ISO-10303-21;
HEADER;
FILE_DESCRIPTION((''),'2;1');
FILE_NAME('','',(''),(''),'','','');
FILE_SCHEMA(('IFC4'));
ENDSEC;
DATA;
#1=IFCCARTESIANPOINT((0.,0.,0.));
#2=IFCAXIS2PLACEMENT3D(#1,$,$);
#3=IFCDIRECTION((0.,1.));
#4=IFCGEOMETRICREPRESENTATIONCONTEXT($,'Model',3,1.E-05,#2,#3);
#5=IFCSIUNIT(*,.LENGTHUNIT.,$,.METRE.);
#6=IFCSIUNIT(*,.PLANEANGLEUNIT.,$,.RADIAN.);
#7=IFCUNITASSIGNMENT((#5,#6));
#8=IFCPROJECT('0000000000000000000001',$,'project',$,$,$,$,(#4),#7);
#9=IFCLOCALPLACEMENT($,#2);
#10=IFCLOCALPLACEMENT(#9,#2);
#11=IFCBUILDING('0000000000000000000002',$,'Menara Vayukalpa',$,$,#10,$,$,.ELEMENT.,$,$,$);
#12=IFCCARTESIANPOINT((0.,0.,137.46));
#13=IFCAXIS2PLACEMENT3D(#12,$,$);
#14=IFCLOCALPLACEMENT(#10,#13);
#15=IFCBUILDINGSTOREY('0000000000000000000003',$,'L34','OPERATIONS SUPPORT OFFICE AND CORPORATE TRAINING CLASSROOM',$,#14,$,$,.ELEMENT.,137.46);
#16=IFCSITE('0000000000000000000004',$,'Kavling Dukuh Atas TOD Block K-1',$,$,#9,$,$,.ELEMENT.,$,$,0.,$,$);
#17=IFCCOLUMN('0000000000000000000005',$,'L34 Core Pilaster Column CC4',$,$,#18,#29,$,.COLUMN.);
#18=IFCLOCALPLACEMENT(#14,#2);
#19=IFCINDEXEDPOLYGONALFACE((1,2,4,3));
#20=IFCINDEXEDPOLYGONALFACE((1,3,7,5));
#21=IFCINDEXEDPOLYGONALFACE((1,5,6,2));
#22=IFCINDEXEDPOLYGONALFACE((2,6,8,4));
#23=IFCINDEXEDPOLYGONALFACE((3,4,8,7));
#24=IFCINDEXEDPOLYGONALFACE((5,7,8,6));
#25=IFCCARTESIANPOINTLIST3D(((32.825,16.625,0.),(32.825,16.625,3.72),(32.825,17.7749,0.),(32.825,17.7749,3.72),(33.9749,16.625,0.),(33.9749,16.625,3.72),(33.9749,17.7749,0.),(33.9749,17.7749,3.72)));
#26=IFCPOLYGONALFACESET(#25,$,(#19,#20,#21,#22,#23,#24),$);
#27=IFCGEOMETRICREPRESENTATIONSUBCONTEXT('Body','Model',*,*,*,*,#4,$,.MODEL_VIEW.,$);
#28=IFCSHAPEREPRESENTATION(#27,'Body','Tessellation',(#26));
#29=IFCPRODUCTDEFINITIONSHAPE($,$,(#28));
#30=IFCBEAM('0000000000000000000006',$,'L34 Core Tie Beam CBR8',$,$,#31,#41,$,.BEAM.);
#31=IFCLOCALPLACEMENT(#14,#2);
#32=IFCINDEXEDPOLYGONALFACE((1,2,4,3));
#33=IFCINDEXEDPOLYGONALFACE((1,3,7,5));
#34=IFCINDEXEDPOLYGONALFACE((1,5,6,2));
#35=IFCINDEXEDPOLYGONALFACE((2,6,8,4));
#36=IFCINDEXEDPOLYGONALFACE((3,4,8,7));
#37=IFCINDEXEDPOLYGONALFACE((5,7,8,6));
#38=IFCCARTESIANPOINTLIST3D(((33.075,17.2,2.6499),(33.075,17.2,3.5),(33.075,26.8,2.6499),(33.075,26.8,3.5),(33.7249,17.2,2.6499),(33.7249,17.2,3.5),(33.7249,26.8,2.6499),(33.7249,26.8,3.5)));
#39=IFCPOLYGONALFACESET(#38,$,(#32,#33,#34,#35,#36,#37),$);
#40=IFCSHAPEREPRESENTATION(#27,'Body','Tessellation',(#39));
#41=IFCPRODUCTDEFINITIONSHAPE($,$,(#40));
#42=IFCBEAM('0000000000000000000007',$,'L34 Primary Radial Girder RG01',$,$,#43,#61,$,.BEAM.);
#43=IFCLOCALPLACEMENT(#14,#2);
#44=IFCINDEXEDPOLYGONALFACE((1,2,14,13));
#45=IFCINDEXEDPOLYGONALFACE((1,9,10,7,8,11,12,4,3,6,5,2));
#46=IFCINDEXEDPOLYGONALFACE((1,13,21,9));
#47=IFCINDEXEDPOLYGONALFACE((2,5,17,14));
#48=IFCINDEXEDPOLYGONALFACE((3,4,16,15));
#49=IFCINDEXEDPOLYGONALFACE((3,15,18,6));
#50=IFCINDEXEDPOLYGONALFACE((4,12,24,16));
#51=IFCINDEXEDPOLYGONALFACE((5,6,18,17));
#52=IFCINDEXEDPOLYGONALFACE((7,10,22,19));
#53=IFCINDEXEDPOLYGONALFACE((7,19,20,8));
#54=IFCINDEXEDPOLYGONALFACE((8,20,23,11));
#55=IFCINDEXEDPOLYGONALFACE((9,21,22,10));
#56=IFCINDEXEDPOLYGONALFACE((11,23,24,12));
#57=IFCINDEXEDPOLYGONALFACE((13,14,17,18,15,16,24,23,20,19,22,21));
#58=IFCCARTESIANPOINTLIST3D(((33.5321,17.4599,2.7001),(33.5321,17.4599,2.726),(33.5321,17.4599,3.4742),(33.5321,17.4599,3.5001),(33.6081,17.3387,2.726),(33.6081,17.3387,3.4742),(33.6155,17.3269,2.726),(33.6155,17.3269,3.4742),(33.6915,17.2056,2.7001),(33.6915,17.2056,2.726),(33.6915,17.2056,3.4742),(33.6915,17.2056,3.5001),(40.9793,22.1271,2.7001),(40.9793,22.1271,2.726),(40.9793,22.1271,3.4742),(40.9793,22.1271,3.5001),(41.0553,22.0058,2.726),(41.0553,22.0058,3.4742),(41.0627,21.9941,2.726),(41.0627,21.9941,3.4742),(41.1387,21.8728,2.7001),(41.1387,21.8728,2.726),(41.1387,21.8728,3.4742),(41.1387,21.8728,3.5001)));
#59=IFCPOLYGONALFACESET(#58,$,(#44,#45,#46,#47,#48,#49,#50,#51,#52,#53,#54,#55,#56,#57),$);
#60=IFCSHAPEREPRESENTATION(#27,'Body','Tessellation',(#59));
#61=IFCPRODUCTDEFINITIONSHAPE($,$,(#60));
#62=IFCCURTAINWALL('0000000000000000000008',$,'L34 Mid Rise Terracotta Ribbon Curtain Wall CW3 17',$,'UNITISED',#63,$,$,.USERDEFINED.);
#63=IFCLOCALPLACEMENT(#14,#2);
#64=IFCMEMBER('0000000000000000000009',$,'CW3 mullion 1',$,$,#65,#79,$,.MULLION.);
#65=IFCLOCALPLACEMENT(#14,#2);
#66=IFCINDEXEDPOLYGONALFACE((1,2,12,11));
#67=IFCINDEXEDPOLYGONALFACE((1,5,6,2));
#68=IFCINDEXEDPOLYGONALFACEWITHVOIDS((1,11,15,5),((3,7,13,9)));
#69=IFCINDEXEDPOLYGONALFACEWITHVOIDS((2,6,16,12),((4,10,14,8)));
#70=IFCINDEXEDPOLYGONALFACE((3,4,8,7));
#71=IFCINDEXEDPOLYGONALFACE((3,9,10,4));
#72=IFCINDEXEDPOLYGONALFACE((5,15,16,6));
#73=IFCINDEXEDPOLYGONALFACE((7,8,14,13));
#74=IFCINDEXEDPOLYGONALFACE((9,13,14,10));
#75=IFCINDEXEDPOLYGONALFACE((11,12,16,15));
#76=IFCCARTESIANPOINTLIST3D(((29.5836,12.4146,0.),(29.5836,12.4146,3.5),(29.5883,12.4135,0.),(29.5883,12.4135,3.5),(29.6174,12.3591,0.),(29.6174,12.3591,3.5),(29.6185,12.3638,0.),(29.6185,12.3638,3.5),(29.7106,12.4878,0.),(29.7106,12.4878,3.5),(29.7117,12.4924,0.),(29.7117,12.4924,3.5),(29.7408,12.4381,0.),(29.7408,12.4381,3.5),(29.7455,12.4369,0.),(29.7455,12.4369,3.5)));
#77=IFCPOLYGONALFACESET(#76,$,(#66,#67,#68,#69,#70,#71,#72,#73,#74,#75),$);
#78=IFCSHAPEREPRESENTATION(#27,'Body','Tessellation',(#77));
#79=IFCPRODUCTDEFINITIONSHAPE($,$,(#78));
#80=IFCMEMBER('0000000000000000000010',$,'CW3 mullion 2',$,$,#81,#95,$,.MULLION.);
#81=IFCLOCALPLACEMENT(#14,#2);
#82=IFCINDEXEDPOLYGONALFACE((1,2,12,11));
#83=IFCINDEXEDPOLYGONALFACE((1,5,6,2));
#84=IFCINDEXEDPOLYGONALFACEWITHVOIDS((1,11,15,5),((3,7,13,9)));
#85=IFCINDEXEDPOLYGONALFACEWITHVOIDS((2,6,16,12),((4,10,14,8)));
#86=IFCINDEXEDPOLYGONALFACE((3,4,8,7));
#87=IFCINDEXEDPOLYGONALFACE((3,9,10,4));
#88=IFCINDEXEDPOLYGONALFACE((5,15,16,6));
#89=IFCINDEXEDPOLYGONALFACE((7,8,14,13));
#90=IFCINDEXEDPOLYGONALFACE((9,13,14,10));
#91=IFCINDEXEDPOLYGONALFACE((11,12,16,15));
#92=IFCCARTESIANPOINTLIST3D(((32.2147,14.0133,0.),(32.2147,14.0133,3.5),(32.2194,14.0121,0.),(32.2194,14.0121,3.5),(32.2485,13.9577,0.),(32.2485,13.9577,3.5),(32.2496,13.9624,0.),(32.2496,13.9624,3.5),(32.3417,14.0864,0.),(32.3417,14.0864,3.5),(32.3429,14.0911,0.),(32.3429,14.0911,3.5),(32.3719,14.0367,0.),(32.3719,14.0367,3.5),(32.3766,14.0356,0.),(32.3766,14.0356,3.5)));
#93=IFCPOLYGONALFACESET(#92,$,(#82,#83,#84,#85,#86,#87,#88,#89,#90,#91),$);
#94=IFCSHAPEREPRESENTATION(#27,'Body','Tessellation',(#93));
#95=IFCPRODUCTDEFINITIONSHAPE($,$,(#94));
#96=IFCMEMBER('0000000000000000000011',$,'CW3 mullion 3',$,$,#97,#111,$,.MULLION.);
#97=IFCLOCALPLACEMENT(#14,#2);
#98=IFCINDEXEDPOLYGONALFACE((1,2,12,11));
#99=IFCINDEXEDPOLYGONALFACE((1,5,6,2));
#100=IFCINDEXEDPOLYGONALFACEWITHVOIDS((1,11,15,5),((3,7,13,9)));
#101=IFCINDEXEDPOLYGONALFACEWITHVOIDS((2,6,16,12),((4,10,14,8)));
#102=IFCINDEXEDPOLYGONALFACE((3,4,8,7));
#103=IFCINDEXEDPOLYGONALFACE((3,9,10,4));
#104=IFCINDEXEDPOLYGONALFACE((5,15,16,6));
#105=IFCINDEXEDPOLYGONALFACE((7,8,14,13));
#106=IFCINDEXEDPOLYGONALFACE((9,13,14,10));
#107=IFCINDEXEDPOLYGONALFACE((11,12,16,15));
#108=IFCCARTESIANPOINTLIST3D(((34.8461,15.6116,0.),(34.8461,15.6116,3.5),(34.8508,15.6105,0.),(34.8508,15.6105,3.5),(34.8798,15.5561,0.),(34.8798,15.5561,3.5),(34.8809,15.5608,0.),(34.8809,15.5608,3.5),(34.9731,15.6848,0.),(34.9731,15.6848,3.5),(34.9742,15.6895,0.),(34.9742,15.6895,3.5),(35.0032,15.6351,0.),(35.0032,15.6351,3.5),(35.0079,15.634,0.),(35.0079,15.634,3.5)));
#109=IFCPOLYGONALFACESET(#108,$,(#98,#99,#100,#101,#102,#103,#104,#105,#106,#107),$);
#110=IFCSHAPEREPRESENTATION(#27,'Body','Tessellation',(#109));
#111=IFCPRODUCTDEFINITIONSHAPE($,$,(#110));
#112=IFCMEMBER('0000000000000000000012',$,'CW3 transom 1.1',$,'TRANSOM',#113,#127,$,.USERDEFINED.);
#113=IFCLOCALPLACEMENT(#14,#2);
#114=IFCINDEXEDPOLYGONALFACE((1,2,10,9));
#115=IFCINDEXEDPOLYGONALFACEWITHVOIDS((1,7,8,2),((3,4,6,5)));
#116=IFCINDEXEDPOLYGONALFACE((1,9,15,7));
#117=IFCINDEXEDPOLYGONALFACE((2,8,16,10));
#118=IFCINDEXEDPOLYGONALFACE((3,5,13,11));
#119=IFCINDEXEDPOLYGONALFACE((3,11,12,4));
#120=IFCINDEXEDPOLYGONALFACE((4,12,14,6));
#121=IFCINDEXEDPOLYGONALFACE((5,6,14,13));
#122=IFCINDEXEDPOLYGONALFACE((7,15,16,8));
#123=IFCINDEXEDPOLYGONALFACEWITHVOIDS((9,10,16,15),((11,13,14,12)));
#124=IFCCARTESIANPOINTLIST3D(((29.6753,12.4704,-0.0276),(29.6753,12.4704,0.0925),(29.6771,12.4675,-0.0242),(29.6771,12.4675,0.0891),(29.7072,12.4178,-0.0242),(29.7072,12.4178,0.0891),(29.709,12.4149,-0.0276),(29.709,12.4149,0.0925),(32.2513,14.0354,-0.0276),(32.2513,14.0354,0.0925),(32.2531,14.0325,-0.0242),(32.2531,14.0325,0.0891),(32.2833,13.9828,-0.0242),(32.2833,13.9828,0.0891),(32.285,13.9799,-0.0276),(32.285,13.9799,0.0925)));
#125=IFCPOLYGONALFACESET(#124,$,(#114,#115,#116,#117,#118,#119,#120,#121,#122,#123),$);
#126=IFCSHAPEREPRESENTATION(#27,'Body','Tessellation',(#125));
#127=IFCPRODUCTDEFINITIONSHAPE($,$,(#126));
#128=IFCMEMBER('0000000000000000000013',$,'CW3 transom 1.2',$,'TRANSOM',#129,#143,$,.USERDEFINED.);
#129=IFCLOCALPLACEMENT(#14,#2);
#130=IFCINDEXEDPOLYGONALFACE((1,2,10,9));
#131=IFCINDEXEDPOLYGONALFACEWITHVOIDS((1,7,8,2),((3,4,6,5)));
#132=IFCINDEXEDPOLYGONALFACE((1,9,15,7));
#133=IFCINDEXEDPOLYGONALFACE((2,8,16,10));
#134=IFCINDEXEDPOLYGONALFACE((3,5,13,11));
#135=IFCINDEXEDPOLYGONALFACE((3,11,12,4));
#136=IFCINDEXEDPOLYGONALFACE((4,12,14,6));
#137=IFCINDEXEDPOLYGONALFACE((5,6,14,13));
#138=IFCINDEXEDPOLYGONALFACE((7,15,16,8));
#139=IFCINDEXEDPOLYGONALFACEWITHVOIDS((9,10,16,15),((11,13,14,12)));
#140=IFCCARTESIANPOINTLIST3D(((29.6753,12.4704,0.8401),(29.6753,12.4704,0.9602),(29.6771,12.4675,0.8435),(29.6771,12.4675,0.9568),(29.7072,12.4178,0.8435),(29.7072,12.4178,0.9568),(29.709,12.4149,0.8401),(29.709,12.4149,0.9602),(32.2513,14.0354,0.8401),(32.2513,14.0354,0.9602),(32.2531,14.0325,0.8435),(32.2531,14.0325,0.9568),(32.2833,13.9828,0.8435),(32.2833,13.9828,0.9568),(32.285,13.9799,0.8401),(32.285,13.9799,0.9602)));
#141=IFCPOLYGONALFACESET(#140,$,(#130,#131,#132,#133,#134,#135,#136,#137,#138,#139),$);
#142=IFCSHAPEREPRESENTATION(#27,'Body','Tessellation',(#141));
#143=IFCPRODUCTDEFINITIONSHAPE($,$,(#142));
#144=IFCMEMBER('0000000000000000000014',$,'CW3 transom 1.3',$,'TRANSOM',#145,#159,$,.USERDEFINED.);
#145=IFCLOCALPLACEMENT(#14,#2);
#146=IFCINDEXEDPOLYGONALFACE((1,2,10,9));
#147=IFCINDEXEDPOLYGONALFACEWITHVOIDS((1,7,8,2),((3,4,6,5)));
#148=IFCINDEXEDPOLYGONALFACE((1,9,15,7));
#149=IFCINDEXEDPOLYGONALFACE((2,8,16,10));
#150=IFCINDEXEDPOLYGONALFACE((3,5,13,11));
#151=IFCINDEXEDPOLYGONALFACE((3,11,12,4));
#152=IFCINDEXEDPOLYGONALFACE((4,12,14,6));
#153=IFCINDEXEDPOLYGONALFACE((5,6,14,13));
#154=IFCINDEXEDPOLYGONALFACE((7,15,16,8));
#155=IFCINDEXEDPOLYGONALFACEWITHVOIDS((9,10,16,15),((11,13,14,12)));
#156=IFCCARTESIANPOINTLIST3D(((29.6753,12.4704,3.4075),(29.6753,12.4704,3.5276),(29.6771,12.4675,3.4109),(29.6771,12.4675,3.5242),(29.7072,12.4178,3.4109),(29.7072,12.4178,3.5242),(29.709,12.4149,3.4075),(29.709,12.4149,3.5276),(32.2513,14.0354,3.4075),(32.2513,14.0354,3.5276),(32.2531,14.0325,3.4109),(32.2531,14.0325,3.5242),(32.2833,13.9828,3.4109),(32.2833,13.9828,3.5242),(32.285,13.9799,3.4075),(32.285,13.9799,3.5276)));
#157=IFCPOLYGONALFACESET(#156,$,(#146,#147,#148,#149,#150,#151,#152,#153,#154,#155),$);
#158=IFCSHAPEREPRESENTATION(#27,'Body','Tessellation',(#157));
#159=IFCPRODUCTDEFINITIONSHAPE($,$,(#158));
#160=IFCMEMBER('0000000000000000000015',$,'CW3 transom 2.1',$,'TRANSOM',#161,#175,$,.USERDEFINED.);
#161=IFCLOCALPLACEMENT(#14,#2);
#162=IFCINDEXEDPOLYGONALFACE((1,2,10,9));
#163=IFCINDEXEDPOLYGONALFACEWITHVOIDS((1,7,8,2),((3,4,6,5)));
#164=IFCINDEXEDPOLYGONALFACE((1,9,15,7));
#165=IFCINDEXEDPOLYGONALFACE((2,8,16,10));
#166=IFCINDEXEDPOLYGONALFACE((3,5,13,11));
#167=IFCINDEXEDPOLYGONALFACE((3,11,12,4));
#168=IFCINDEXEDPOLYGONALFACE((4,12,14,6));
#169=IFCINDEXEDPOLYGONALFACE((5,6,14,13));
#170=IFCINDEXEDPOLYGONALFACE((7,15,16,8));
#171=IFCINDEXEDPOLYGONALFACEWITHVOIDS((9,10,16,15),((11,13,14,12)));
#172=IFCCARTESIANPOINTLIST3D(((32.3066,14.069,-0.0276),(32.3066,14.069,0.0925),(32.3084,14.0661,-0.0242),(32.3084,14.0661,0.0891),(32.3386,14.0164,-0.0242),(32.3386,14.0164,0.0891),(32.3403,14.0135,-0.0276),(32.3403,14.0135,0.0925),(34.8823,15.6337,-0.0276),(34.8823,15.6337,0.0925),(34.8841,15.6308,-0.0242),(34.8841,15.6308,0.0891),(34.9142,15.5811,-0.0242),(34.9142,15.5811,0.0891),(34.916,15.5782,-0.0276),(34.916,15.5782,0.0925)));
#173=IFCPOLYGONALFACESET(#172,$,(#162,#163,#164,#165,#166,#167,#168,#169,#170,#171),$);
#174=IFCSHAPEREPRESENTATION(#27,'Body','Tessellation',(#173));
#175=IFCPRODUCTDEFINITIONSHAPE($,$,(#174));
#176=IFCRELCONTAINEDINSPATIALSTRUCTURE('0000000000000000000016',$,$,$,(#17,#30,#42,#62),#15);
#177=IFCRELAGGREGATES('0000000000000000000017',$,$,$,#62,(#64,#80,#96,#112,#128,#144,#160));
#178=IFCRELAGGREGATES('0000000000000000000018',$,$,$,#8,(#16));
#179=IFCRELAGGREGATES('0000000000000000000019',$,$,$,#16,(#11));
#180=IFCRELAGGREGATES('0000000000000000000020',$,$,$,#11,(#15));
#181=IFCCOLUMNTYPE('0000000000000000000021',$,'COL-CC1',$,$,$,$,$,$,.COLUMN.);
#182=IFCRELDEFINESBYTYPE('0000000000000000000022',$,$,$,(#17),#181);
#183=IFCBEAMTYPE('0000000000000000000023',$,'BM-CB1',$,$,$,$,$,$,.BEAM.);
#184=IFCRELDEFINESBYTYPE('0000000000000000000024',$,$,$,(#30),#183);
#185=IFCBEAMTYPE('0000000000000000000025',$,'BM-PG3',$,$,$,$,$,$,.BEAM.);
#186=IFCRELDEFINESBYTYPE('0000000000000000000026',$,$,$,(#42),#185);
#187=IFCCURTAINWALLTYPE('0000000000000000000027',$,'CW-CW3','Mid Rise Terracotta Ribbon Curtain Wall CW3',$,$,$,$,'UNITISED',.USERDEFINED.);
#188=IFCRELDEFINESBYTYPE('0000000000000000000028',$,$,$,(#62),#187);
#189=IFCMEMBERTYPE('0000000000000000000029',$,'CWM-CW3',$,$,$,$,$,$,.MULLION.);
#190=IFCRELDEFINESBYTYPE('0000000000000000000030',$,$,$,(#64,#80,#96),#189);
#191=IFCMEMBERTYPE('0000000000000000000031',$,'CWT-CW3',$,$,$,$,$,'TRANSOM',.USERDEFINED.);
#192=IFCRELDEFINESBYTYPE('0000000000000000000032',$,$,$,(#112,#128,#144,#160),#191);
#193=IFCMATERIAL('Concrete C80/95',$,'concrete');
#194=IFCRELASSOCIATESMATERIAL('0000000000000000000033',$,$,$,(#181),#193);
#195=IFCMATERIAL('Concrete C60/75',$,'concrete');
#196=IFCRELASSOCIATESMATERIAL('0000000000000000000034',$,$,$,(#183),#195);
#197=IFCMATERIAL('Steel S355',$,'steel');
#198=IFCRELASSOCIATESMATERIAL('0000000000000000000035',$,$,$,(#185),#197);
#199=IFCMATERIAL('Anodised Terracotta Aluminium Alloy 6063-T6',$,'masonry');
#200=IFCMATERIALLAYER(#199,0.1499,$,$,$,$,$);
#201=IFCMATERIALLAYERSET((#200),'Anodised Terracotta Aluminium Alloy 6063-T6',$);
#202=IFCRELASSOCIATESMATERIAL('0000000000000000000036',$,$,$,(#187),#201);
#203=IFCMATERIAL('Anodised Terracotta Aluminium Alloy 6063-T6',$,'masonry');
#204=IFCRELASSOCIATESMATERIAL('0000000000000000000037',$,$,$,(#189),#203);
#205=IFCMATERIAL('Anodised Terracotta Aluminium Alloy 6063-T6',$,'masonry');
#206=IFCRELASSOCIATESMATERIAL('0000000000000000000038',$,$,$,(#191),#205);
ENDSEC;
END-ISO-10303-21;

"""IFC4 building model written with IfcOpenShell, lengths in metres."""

from ifc_helpers import new_model, si_unit, direction, frame, origin, origin_2d, place, context, subcontext, project, spatial, rectangle, hollow_rectangle, i_section, extrude, material, layer, layer_set, material_profile, profile_set, type_object, element, aggregate, save


model = new_model("IFC4")

# Units and contexts
model_context = context("Model", 3, precision=1e-05, world=origin(), true_north=direction((0.0, 1.0)))
body_context = subcontext(model_context, "Body", "Model", "MODEL_VIEW")
ifc_project = project(units=[si_unit("LENGTHUNIT", "METRE"), si_unit("PLANEANGLEUNIT", "RADIAN")], contexts=[model_context])

# Site, building, storey
site_placement = place(None, origin())
site = spatial("IfcSite", under=ifc_project, at=site_placement, Name="Kavling Dukuh Atas TOD Block K-1", CompositionType="ELEMENT", RefElevation=0.0)
building_placement = place(site_placement, origin())
building = spatial("IfcBuilding", under=site, at=building_placement, Name="Menara Vayukalpa", CompositionType="ELEMENT")
storey_placement = place(building_placement, frame((0.0, 0.0, 137.46)))
storey = spatial("IfcBuildingStorey", under=building, at=storey_placement, Name="L34", Description="OPERATIONS SUPPORT OFFICE AND CORPORATE TRAINING CLASSROOM", CompositionType="ELEMENT", Elevation=137.46)

# Column
ifc_material_1 = material(Name="Concrete C80/95", Category="concrete")
ifc_material_profile_1 = material_profile(ifc_material_1, rectangle(XDim=1.1499, YDim=1.1499, at=origin_2d()), Name="RC 1150x1150")
ifc_profile_set_1 = profile_set([ifc_material_profile_1], Name="Concrete C80/95")
column_type = type_object("IfcColumnType", Name="COL-CC1", PredefinedType="COLUMN", material=ifc_profile_set_1)
column_placement = place(storey_placement, frame((33.3999, 17.2, 0.0), z_axis=(0.0, 0.0, 1.0), x_axis=(1.0, 0.0, 0.0)))
element("IfcColumn", 1, at=column_placement, inside=storey, type_object=column_type, Name="L34 Core Pilaster Column CC4", PredefinedType="COLUMN", context=body_context, shape_type="SweptSolid", body=[
    extrude(rectangle(XDim=1.1499, YDim=1.1499, at=origin_2d()), origin(), (0.0, 0.0, 1.0), 3.72),
])

# Beams
ifc_material_2 = material(Name="Concrete C60/75", Category="concrete")
ifc_material_profile_2 = material_profile(ifc_material_2, rectangle(XDim=0.6499, YDim=0.8501, at=origin_2d()), Name="RC 650x850")
ifc_profile_set_2 = profile_set([ifc_material_profile_2], Name="Concrete C60/75")
beam_type_1 = type_object("IfcBeamType", Name="BM-CB1", PredefinedType="BEAM", material=ifc_profile_set_2)
beam_1_placement = place(storey_placement, frame((33.3999, 17.2, 3.075), z_axis=(0.0, 1.0, 0.0), x_axis=(-1.0, 0.0, 0.0)))
element("IfcBeam", 2, at=beam_1_placement, inside=storey, type_object=beam_type_1, Name="L34 Core Tie Beam CBR8", PredefinedType="BEAM", context=body_context, shape_type="SweptSolid", body=[
    extrude(rectangle(XDim=0.6499, YDim=0.8501, at=origin_2d()), origin(), (0.0, 0.0, 1.0), 9.6001),
])
ifc_material_3 = material(Name="Steel S355", Category="steel")
ifc_material_profile_3 = material_profile(ifc_material_3, i_section(OverallWidth=0.3, OverallDepth=0.8, WebThickness=0.0139, FlangeThickness=0.0259, at=origin_2d()), Name="WF 800x300x14x26")
ifc_profile_set_3 = profile_set([ifc_material_profile_3], Name="Steel S355")
beam_type_2 = type_object("IfcBeamType", Name="BM-PG3", PredefinedType="BEAM", material=ifc_profile_set_3)
beam_2_placement = place(storey_placement, frame((33.6118, 17.3328, 3.1001), z_axis=(0.847348, 0.531037, 0.0), x_axis=(-0.531037, 0.847348, 0.0)))
element("IfcBeam", 3, at=beam_2_placement, inside=storey, type_object=beam_type_2, Name="L34 Primary Radial Girder RG01", PredefinedType="BEAM", context=body_context, shape_type="SweptSolid", body=[
    extrude(i_section(OverallWidth=0.3, OverallDepth=0.8, WebThickness=0.0139, FlangeThickness=0.0259, at=origin_2d()), origin(), (0.0, 0.0, 1.0), 8.7888),
])

# Curtain wall, members
ifc_material_4 = material(Name="Anodised Terracotta Aluminium Alloy 6063-T6", Category="masonry")
ifc_layer_1 = layer(ifc_material_4, 0.1499)
ifc_layer_set_1 = layer_set([ifc_layer_1], Name="Anodised Terracotta Aluminium Alloy 6063-T6")
curtain_wall_type = type_object("IfcCurtainWallType", Name="CW-CW3", Description="Mid Rise Terracotta Ribbon Curtain Wall CW3", ElementType="UNITISED", PredefinedType="USERDEFINED", material=ifc_layer_set_1)
curtain_wall_placement = place(storey_placement, origin())
curtain_wall = element("IfcCurtainWall", 4, at=curtain_wall_placement, inside=storey, type_object=curtain_wall_type, Name="L34 Mid Rise Terracotta Ribbon Curtain Wall CW3 17", ObjectType="UNITISED", PredefinedType="USERDEFINED")
ifc_material_5 = material(Name="Anodised Terracotta Aluminium Alloy 6063-T6", Category="masonry")
ifc_material_profile_4 = material_profile(ifc_material_5, hollow_rectangle(XDim=0.0649, YDim=0.1499, WallThickness=0.0034, at=origin_2d()), Name="ALU 65x150x3.5")
ifc_profile_set_4 = profile_set([ifc_material_profile_4], Name="Anodised Terracotta Aluminium Alloy 6063-T6")
member_type_1 = type_object("IfcMemberType", Name="CWM-CW3", PredefinedType="MULLION", material=ifc_profile_set_4)
member_1_placement = place(storey_placement, frame((29.6646, 12.4258, 0.0), z_axis=(0.0, 0.0, 1.0), x_axis=(-0.519196, 0.854655, 0.0)))
member_1 = element("IfcMember", 5, at=member_1_placement, type_object=member_type_1, Name="CW3 mullion 1", PredefinedType="MULLION", context=body_context, shape_type="SweptSolid", body=[
    extrude(hollow_rectangle(XDim=0.0649, YDim=0.1499, WallThickness=0.0034, at=origin_2d()), origin(), (0.0, 0.0, 1.0), 3.5),
])
member_2_placement = place(storey_placement, frame((32.2957, 14.0244, 0.0), z_axis=(0.0, 0.0, 1.0), x_axis=(-0.519196, 0.854655, 0.0)))
member_2 = element("IfcMember", 6, at=member_2_placement, type_object=member_type_1, Name="CW3 mullion 2", PredefinedType="MULLION", context=body_context, shape_type="SweptSolid", body=[
    extrude(hollow_rectangle(XDim=0.0649, YDim=0.1499, WallThickness=0.0034, at=origin_2d()), origin(), (0.0, 0.0, 1.0), 3.5),
])
member_3_placement = place(storey_placement, frame((34.927, 15.6228, 0.0), z_axis=(0.0, 0.0, 1.0), x_axis=(-0.519196, 0.854655, 0.0)))
member_3 = element("IfcMember", 7, at=member_3_placement, type_object=member_type_1, Name="CW3 mullion 3", PredefinedType="MULLION", context=body_context, shape_type="SweptSolid", body=[
    extrude(hollow_rectangle(XDim=0.0649, YDim=0.1499, WallThickness=0.0034, at=origin_2d()), origin(), (0.0, 0.0, 1.0), 3.5),
])
ifc_material_6 = material(Name="Anodised Terracotta Aluminium Alloy 6063-T6", Category="masonry")
ifc_material_profile_5 = material_profile(ifc_material_6, hollow_rectangle(XDim=0.0649, YDim=0.1201, WallThickness=0.0034, at=origin_2d()), Name="ALU 65x120x3.5")
ifc_profile_set_5 = profile_set([ifc_material_profile_5], Name="Anodised Terracotta Aluminium Alloy 6063-T6")
member_type_2 = type_object("IfcMemberType", Name="CWT-CW3", ElementType="TRANSOM", PredefinedType="USERDEFINED", material=ifc_profile_set_5)
member_4_placement = place(storey_placement, frame((29.6921, 12.4426, 0.0325), z_axis=(0.854642, 0.519217, 0.0), x_axis=(-0.519217, 0.854642, 0.0)))
member_4 = element("IfcMember", 8, at=member_4_placement, type_object=member_type_2, Name="CW3 transom 1.1", ObjectType="TRANSOM", PredefinedType="USERDEFINED", context=body_context, shape_type="SweptSolid", body=[
    extrude(hollow_rectangle(XDim=0.0649, YDim=0.1201, WallThickness=0.0034, at=origin_2d()), origin(), (0.0, 0.0, 1.0), 3.0142),
])
member_5_placement = place(storey_placement, frame((29.6921, 12.4426, 0.9001), z_axis=(0.854642, 0.519217, 0.0), x_axis=(-0.519217, 0.854642, 0.0)))
member_5 = element("IfcMember", 9, at=member_5_placement, type_object=member_type_2, Name="CW3 transom 1.2", ObjectType="TRANSOM", PredefinedType="USERDEFINED", context=body_context, shape_type="SweptSolid", body=[
    extrude(hollow_rectangle(XDim=0.0649, YDim=0.1201, WallThickness=0.0034, at=origin_2d()), origin(), (0.0, 0.0, 1.0), 3.0142),
])
member_6_placement = place(storey_placement, frame((29.6921, 12.4426, 3.4675), z_axis=(0.854642, 0.519217, 0.0), x_axis=(-0.519217, 0.854642, 0.0)))
member_6 = element("IfcMember", 10, at=member_6_placement, type_object=member_type_2, Name="CW3 transom 1.3", ObjectType="TRANSOM", PredefinedType="USERDEFINED", context=body_context, shape_type="SweptSolid", body=[
    extrude(hollow_rectangle(XDim=0.0649, YDim=0.1201, WallThickness=0.0034, at=origin_2d()), origin(), (0.0, 0.0, 1.0), 3.0142),
])
member_7_placement = place(storey_placement, frame((32.3235, 14.0413, 0.0325), z_axis=(0.854657, 0.519194, 0.0), x_axis=(-0.519194, 0.854657, 0.0)))
member_7 = element("IfcMember", 11, at=member_7_placement, type_object=member_type_2, Name="CW3 transom 2.1", ObjectType="TRANSOM", PredefinedType="USERDEFINED", context=body_context, shape_type="SweptSolid", body=[
    extrude(hollow_rectangle(XDim=0.0649, YDim=0.1201, WallThickness=0.0034, at=origin_2d()), origin(), (0.0, 0.0, 1.0), 3.0137),
])
aggregate(curtain_wall, [member_1, member_2, member_3, member_4, member_5, member_6, member_7])

save(model, "model.ifc")
